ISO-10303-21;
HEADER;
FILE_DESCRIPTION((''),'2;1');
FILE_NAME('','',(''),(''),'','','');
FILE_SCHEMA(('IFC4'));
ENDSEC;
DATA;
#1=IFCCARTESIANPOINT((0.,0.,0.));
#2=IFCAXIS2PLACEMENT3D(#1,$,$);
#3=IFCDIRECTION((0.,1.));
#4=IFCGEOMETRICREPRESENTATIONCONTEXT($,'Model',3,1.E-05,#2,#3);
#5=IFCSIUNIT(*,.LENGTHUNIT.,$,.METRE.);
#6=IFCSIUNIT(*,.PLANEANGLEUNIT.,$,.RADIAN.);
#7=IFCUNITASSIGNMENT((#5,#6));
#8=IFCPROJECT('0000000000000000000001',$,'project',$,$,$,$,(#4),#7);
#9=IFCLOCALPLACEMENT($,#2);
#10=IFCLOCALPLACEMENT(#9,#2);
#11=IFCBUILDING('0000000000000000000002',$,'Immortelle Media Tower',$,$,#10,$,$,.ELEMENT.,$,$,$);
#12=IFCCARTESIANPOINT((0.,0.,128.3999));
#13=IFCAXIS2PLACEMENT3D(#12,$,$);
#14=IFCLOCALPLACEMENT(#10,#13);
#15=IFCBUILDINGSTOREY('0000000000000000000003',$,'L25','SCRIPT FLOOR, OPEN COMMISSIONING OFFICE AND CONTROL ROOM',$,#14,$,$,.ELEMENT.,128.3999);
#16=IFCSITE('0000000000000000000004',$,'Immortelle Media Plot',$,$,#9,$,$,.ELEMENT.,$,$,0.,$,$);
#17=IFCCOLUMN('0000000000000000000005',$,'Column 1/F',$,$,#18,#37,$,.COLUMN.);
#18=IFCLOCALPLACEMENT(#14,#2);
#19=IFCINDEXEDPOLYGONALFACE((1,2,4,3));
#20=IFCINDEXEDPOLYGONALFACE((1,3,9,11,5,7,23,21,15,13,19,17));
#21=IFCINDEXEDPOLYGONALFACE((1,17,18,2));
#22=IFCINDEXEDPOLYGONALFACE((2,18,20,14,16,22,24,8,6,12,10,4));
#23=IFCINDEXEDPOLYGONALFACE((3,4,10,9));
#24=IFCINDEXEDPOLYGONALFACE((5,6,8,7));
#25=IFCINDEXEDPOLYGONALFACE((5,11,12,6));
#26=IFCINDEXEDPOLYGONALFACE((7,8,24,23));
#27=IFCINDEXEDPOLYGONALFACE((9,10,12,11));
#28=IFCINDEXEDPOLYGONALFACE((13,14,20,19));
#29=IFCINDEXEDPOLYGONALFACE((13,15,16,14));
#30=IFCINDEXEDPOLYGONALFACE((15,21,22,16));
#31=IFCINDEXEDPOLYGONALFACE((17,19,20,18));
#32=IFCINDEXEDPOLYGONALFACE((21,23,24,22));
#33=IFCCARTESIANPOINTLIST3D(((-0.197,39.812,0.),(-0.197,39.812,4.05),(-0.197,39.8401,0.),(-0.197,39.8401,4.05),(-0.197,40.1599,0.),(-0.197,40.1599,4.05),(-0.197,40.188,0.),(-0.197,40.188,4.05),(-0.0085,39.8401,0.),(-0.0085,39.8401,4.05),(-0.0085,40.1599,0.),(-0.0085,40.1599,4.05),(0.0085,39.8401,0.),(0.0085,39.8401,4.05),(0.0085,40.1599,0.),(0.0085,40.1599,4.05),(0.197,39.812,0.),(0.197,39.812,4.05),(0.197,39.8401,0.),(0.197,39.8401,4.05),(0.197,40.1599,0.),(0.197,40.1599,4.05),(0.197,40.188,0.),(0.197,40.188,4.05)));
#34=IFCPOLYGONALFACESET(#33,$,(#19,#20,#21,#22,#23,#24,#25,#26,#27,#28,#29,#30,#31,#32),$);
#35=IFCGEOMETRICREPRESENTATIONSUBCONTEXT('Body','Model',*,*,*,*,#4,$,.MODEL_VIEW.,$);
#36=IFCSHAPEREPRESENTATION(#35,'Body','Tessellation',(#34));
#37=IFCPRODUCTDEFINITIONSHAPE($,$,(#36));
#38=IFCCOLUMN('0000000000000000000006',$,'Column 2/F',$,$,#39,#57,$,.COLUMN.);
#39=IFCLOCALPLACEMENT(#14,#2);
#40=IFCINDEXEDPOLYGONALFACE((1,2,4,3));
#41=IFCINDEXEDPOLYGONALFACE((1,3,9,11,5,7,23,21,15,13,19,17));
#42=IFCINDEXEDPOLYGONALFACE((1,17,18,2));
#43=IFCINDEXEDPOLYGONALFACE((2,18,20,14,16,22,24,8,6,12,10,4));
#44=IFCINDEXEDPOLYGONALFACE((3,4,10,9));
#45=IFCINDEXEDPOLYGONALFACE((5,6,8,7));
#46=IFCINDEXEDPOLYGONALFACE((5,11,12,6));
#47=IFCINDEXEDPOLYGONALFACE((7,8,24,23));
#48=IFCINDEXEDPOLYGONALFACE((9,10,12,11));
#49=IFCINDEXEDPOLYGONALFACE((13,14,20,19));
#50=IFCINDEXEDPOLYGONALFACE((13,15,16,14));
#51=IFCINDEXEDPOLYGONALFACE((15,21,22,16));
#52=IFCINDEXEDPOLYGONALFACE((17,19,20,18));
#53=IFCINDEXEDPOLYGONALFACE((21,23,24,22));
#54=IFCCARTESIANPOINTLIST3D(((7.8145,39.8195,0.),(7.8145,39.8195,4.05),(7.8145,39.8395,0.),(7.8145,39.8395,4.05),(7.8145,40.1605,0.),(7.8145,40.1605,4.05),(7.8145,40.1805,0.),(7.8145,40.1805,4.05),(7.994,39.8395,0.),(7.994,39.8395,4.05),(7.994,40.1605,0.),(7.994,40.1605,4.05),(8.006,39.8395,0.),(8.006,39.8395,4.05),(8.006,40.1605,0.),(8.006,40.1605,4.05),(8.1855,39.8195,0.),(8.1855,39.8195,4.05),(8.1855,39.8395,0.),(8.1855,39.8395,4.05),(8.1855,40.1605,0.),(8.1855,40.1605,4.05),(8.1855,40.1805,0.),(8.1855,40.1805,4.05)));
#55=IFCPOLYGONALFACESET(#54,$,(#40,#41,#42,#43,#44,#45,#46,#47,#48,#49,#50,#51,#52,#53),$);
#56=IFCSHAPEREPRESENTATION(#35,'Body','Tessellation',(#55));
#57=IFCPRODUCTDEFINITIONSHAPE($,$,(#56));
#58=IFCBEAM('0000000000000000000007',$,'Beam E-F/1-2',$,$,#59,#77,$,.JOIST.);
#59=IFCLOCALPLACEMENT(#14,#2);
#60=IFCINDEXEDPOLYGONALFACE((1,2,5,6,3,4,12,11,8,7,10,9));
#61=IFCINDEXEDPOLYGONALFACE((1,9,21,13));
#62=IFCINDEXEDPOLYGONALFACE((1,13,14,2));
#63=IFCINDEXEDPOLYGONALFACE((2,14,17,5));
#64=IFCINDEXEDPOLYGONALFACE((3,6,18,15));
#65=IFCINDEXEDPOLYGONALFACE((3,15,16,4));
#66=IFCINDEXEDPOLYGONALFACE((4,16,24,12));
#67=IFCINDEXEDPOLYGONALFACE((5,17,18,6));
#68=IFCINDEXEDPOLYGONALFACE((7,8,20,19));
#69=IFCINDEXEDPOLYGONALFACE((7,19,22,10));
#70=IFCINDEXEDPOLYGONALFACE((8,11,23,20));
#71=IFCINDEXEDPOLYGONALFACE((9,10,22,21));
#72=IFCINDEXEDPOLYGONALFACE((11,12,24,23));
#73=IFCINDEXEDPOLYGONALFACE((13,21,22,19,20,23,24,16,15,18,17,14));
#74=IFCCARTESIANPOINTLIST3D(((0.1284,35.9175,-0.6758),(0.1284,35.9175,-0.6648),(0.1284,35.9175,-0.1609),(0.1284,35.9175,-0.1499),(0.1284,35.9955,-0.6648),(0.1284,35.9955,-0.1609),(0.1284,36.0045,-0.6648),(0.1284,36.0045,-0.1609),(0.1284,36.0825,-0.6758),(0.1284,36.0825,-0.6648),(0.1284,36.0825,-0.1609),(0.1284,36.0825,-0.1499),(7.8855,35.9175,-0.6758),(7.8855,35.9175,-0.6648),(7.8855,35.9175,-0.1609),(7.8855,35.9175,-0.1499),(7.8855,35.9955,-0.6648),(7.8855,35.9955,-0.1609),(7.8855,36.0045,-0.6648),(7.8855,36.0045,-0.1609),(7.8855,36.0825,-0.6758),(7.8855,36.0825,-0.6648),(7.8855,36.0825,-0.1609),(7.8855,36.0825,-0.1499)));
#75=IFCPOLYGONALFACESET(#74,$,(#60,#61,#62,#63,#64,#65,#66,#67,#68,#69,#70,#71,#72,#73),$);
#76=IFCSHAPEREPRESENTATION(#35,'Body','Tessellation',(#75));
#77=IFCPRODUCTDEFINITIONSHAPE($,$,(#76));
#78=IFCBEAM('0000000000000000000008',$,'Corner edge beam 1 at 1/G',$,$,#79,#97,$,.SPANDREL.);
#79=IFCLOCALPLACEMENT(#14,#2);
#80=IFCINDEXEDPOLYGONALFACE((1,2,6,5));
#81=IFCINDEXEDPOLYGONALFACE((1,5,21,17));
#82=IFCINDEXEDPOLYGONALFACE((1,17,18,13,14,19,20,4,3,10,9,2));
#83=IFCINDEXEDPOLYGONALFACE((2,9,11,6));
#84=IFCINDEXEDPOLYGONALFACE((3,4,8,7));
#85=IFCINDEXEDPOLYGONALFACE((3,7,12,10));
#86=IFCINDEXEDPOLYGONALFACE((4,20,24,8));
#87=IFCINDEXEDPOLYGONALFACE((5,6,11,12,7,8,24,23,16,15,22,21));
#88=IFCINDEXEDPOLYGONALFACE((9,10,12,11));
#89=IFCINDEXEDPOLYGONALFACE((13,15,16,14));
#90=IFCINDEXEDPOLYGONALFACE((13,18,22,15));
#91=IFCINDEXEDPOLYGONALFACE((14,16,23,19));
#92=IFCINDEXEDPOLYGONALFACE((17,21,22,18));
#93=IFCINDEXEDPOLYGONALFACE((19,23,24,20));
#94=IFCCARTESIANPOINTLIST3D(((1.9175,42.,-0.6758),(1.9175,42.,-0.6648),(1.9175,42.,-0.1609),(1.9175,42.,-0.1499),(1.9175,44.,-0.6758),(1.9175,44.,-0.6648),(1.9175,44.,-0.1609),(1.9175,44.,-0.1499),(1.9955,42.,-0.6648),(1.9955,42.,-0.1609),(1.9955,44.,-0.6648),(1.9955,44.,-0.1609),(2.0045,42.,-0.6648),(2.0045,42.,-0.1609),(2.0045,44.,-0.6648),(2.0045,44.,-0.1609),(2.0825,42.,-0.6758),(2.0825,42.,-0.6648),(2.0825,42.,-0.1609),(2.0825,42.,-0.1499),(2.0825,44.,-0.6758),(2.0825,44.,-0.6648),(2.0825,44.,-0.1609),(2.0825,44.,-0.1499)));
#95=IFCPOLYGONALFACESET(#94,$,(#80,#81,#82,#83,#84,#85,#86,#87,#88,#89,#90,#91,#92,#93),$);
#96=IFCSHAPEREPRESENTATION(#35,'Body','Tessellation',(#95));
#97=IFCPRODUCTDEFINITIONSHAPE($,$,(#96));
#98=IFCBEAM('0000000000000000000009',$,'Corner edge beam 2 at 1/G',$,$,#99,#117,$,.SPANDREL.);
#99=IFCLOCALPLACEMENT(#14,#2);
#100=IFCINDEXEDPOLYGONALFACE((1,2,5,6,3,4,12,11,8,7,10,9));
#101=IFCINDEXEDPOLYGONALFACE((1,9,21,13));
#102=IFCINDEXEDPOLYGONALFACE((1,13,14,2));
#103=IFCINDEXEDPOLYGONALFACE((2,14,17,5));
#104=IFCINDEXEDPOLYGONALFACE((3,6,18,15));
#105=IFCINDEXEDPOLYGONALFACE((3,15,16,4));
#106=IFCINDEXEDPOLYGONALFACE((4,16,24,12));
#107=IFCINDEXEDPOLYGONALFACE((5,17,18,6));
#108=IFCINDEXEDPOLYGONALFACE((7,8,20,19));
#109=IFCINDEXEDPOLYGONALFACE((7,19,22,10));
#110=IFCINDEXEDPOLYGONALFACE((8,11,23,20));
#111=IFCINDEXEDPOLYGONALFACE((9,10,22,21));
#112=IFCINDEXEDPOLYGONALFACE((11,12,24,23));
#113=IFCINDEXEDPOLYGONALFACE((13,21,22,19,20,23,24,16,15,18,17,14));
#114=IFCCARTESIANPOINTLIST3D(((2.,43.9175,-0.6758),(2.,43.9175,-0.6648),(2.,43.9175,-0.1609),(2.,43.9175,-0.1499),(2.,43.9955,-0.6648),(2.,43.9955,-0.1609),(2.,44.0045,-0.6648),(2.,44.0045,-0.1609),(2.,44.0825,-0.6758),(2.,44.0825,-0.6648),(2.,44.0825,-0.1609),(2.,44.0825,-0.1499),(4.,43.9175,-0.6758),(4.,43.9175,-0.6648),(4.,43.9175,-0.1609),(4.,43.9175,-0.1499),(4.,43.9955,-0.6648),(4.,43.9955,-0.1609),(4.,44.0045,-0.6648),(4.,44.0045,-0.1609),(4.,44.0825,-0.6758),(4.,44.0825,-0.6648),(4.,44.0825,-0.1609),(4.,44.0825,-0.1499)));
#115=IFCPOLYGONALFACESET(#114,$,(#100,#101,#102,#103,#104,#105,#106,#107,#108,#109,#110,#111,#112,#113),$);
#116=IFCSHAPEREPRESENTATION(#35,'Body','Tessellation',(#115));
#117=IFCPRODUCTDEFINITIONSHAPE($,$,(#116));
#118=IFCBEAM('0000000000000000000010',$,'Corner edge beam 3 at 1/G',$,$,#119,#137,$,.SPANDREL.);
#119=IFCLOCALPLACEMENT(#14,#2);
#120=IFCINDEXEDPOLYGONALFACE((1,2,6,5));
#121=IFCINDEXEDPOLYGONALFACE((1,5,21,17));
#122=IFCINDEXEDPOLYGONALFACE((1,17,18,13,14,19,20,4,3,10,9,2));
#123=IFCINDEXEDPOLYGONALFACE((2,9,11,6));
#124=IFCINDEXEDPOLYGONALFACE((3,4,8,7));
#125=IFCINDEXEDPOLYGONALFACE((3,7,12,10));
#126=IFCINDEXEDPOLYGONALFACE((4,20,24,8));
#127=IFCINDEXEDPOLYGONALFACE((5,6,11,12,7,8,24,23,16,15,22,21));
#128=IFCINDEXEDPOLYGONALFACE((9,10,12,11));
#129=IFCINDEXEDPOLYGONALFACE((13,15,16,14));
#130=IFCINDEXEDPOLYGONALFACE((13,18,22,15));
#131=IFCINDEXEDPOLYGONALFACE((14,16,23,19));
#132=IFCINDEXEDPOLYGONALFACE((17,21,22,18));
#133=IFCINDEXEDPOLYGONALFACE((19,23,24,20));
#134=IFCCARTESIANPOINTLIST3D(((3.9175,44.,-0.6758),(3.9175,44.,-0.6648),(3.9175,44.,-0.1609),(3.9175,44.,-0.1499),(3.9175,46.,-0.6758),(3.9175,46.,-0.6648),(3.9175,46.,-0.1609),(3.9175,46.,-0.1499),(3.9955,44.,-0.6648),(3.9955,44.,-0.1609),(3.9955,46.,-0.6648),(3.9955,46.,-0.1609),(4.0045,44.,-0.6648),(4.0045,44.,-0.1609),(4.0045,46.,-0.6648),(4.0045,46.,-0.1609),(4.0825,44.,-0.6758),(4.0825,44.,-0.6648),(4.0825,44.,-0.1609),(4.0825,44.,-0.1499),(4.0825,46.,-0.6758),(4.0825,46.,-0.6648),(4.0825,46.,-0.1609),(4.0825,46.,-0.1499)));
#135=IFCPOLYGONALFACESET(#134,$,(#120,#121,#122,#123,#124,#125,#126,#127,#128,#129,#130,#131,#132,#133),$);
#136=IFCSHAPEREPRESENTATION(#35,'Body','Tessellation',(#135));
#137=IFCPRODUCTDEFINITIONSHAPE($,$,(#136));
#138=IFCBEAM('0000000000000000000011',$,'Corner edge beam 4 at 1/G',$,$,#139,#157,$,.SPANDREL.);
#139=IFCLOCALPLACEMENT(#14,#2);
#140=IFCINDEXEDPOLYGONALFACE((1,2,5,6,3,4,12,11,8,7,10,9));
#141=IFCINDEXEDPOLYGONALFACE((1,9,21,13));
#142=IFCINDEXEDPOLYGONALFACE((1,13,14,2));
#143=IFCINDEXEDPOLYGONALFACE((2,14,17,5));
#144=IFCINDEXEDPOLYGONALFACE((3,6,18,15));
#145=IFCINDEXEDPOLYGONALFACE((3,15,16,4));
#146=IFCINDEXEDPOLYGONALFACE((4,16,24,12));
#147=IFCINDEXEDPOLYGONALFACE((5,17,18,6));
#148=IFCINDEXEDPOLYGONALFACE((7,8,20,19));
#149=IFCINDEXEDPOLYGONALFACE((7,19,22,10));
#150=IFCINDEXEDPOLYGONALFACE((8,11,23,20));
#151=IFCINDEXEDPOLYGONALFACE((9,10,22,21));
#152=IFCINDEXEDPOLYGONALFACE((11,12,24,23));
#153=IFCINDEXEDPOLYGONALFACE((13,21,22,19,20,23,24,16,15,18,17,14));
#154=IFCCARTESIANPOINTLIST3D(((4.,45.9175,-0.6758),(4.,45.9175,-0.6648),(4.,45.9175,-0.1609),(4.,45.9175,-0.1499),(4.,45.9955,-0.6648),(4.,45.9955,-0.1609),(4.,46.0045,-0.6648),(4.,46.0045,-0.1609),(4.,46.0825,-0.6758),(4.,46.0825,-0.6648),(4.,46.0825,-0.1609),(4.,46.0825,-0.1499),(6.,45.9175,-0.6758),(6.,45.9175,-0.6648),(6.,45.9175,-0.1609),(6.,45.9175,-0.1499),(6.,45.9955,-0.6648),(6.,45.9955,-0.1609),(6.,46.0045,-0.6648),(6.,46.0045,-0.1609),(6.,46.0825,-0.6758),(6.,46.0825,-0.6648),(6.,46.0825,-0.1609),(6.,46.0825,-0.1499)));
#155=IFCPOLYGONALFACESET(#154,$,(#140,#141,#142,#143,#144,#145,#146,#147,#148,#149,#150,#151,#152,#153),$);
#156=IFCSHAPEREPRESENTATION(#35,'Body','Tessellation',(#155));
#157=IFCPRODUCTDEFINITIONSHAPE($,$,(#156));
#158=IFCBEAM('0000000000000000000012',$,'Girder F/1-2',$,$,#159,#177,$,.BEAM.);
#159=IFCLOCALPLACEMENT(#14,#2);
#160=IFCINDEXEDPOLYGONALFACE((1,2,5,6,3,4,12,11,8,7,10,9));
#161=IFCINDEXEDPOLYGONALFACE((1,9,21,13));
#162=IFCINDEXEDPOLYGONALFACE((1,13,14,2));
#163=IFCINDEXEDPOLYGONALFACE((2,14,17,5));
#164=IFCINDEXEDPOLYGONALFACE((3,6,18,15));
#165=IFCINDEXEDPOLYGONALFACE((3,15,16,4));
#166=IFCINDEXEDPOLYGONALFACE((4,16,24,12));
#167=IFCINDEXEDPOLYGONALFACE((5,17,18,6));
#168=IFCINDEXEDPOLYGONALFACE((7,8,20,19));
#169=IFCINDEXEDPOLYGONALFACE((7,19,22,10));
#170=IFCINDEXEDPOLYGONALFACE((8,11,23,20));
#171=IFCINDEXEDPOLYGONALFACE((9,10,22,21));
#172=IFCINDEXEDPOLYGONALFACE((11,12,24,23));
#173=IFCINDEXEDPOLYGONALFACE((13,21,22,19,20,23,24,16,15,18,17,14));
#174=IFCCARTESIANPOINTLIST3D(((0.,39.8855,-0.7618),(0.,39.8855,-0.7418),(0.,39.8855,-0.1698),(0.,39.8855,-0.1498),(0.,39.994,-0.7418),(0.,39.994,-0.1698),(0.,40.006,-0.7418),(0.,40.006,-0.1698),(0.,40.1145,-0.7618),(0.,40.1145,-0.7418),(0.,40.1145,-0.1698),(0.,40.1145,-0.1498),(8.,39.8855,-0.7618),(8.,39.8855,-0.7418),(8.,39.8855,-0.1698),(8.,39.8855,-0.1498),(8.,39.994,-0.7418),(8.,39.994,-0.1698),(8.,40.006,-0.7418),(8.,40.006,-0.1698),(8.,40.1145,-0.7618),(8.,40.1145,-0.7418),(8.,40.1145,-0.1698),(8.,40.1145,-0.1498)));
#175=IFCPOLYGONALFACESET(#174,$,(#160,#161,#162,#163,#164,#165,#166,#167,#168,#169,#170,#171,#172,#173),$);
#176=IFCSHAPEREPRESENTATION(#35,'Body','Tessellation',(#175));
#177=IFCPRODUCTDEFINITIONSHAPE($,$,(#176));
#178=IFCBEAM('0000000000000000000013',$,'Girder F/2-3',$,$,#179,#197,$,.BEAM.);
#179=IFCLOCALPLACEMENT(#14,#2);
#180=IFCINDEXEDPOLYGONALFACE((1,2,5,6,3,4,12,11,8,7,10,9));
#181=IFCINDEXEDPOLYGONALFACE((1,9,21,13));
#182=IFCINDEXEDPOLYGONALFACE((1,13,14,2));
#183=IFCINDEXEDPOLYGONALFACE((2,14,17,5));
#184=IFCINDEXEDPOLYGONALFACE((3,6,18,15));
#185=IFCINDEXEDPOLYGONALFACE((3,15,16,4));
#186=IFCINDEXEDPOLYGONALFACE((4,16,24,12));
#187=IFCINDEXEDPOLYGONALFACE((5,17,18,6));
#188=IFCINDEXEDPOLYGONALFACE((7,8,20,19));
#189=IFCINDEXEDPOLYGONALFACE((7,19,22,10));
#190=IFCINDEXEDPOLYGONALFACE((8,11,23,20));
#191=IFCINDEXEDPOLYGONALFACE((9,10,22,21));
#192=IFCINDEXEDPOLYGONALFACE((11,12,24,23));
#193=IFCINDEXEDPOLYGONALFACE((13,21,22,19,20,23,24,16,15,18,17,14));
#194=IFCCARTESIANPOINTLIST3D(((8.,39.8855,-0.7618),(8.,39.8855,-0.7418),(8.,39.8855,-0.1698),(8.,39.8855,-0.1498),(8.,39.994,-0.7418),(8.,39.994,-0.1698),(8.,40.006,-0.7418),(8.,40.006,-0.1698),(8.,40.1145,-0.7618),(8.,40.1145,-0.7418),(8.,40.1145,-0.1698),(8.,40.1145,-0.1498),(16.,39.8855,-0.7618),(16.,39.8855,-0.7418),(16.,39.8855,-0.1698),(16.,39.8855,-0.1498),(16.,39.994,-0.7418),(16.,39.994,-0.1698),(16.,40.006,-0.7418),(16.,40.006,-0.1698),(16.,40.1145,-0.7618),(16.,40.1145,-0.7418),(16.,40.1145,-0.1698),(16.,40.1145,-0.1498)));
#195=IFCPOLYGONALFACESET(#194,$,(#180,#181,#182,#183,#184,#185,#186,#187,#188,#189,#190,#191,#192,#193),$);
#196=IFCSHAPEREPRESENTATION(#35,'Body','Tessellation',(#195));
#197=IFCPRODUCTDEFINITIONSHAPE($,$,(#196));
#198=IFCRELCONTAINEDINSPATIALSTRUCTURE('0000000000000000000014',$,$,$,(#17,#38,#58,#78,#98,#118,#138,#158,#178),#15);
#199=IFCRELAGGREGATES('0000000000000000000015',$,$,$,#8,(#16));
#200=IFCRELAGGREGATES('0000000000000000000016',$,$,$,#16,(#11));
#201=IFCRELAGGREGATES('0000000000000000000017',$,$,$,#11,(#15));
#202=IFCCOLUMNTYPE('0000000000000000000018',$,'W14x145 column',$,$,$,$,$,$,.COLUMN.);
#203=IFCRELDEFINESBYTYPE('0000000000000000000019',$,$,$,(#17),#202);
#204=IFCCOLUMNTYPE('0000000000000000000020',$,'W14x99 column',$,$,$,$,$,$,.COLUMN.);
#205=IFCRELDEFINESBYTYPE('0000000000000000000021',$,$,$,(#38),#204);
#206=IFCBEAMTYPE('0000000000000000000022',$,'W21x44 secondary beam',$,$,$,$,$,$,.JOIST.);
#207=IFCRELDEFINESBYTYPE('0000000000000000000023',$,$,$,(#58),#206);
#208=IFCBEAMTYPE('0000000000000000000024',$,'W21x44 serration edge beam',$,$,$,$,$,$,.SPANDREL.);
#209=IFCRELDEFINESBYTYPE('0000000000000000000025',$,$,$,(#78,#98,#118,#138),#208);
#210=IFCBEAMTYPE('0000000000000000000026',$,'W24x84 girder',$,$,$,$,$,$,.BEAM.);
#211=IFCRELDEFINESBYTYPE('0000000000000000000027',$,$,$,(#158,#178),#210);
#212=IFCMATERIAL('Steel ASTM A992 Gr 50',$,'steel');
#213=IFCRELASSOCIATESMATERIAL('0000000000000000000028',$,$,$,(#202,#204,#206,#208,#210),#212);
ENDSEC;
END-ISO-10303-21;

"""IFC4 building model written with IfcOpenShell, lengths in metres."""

from ifc_helpers import new_model, si_unit, direction, frame, origin, origin_2d, place, context, subcontext, project, spatial, i_section, extrude, material, material_profile, profile_set, type_object, element, save


model = new_model("IFC4")

# Units and contexts
model_context = context("Model", 3, precision=1e-05, world=origin(), true_north=direction((0.0, 1.0)))
body_context = subcontext(model_context, "Body", "Model", "MODEL_VIEW")
ifc_project = project(units=[si_unit("LENGTHUNIT", "METRE"), si_unit("PLANEANGLEUNIT", "RADIAN")], contexts=[model_context])

# Site, building, storey
site_placement = place(None, origin())
site = spatial("IfcSite", under=ifc_project, at=site_placement, Name="Immortelle Media Plot", CompositionType="ELEMENT", RefElevation=0.0)
building_placement = place(site_placement, origin())
building = spatial("IfcBuilding", under=site, at=building_placement, Name="Immortelle Media Tower", CompositionType="ELEMENT")
storey_placement = place(building_placement, frame((0.0, 0.0, 128.3999)))
storey = spatial("IfcBuildingStorey", under=building, at=storey_placement, Name="L25", Description="SCRIPT FLOOR, OPEN COMMISSIONING OFFICE AND CONTROL ROOM", CompositionType="ELEMENT", Elevation=128.3999)

# Columns
ifc_material_1 = material(Name="Steel ASTM A992 Gr 50", Category="steel")
ifc_material_profile_1 = material_profile(ifc_material_1, i_section(OverallWidth=0.394, OverallDepth=0.376, WebThickness=0.0171, FlangeThickness=0.0281, at=origin_2d()), Name="W14x145")
ifc_profile_set_1 = profile_set([ifc_material_profile_1], Name="Steel ASTM A992 Gr 50")
column_type_1 = type_object("IfcColumnType", Name="W14x145 column", PredefinedType="COLUMN", material=ifc_profile_set_1)
column_1_placement = place(storey_placement, frame((0.0, 40.0, 0.0), z_axis=(0.0, 0.0, 1.0), x_axis=(1.0, 0.0, 0.0)))
element("IfcColumn", 1, at=column_1_placement, inside=storey, type_object=column_type_1, Name="Column 1/F", PredefinedType="COLUMN", context=body_context, shape_type="SweptSolid", body=[
    extrude(i_section(OverallWidth=0.394, OverallDepth=0.376, WebThickness=0.0171, FlangeThickness=0.0281, at=origin_2d()), origin(), (0.0, 0.0, 1.0), 4.05),
])
ifc_material_profile_2 = material_profile(ifc_material_1, i_section(OverallWidth=0.3711, OverallDepth=0.3611, WebThickness=0.012, FlangeThickness=0.02, at=origin_2d()), Name="W14x99")
ifc_profile_set_2 = profile_set([ifc_material_profile_2], Name="Steel ASTM A992 Gr 50")
column_type_2 = type_object("IfcColumnType", Name="W14x99 column", PredefinedType="COLUMN", material=ifc_profile_set_2)
column_2_placement = place(storey_placement, frame((8.0, 40.0, 0.0), z_axis=(0.0, 0.0, 1.0), x_axis=(1.0, 0.0, 0.0)))
element("IfcColumn", 2, at=column_2_placement, inside=storey, type_object=column_type_2, Name="Column 2/F", PredefinedType="COLUMN", context=body_context, shape_type="SweptSolid", body=[
    extrude(i_section(OverallWidth=0.3711, OverallDepth=0.3611, WebThickness=0.012, FlangeThickness=0.02, at=origin_2d()), origin(), (0.0, 0.0, 1.0), 4.05),
])

# Beams
ifc_material_profile_3 = material_profile(ifc_material_1, i_section(OverallWidth=0.165, OverallDepth=0.5259, WebThickness=0.009, FlangeThickness=0.011, at=origin_2d()), Name="W21x44")
ifc_profile_set_3 = profile_set([ifc_material_profile_3], Name="Steel ASTM A992 Gr 50")
beam_type_1 = type_object("IfcBeamType", Name="W21x44 secondary beam", PredefinedType="JOIST", material=ifc_profile_set_3)
beam_1_placement = place(storey_placement, frame((0.1284, 36.0, -0.4128), z_axis=(1.0, 0.0, 0.0), x_axis=(0.0, 1.0, 0.0)))
element("IfcBeam", 3, at=beam_1_placement, inside=storey, type_object=beam_type_1, Name="Beam E-F/1-2", PredefinedType="JOIST", context=body_context, shape_type="SweptSolid", body=[
    extrude(i_section(OverallWidth=0.165, OverallDepth=0.5259, WebThickness=0.009, FlangeThickness=0.011, at=origin_2d()), origin(), (0.0, 0.0, 1.0), 7.7571),
])
ifc_material_profile_4 = material_profile(ifc_material_1, i_section(OverallWidth=0.165, OverallDepth=0.5259, WebThickness=0.009, FlangeThickness=0.011, at=origin_2d()), Name="W21x44")
ifc_profile_set_4 = profile_set([ifc_material_profile_4], Name="Steel ASTM A992 Gr 50")
beam_type_2 = type_object("IfcBeamType", Name="W21x44 serration edge beam", PredefinedType="SPANDREL", material=ifc_profile_set_4)
for number, where, z_axis, x_axis, name in (
    (4, (2.0, 42.0, -0.4128), (0.0, 1.0, 0.0), (-1.0, 0.0, 0.0), "Corner edge beam 1 at 1/G"),
    (5, (2.0, 44.0, -0.4128), (1.0, 0.0, 0.0), (0.0, 1.0, 0.0), "Corner edge beam 2 at 1/G"),
    (6, (4.0, 44.0, -0.4128), (0.0, 1.0, 0.0), (-1.0, 0.0, 0.0), "Corner edge beam 3 at 1/G"),
    (7, (4.0, 46.0, -0.4128), (1.0, 0.0, 0.0), (0.0, 1.0, 0.0), "Corner edge beam 4 at 1/G"),
):
    element("IfcBeam", number, at=place(storey_placement, frame(where, z_axis=z_axis, x_axis=x_axis)), inside=storey, type_object=beam_type_2, Name=name, PredefinedType="SPANDREL", context=body_context, shape_type="SweptSolid", body=[
        extrude(i_section(OverallWidth=0.165, OverallDepth=0.5259, WebThickness=0.009, FlangeThickness=0.011, at=origin_2d()), origin(), (0.0, 0.0, 1.0), 2.0),
    ])
ifc_material_profile_5 = material_profile(ifc_material_1, i_section(OverallWidth=0.229, OverallDepth=0.6121, WebThickness=0.012, FlangeThickness=0.02, at=origin_2d()), Name="W24x84")
ifc_profile_set_5 = profile_set([ifc_material_profile_5], Name="Steel ASTM A992 Gr 50")
beam_type_3 = type_object("IfcBeamType", Name="W24x84 girder", PredefinedType="BEAM", material=ifc_profile_set_5)
for number, where, z_axis, x_axis, name in (
    (8, (0.0, 40.0, -0.4558), (1.0, 0.0, 0.0), (0.0, 1.0, 0.0), "Girder F/1-2"),
    (9, (8.0, 40.0, -0.4558), (1.0, 0.0, 0.0), (0.0, 1.0, 0.0), "Girder F/2-3"),
):
    element("IfcBeam", number, at=place(storey_placement, frame(where, z_axis=z_axis, x_axis=x_axis)), inside=storey, type_object=beam_type_3, Name=name, PredefinedType="BEAM", context=body_context, shape_type="SweptSolid", body=[
        extrude(i_section(OverallWidth=0.229, OverallDepth=0.6121, WebThickness=0.012, FlangeThickness=0.02, at=origin_2d()), origin(), (0.0, 0.0, 1.0), 8.0),
    ])

save(model, "model.ifc")
